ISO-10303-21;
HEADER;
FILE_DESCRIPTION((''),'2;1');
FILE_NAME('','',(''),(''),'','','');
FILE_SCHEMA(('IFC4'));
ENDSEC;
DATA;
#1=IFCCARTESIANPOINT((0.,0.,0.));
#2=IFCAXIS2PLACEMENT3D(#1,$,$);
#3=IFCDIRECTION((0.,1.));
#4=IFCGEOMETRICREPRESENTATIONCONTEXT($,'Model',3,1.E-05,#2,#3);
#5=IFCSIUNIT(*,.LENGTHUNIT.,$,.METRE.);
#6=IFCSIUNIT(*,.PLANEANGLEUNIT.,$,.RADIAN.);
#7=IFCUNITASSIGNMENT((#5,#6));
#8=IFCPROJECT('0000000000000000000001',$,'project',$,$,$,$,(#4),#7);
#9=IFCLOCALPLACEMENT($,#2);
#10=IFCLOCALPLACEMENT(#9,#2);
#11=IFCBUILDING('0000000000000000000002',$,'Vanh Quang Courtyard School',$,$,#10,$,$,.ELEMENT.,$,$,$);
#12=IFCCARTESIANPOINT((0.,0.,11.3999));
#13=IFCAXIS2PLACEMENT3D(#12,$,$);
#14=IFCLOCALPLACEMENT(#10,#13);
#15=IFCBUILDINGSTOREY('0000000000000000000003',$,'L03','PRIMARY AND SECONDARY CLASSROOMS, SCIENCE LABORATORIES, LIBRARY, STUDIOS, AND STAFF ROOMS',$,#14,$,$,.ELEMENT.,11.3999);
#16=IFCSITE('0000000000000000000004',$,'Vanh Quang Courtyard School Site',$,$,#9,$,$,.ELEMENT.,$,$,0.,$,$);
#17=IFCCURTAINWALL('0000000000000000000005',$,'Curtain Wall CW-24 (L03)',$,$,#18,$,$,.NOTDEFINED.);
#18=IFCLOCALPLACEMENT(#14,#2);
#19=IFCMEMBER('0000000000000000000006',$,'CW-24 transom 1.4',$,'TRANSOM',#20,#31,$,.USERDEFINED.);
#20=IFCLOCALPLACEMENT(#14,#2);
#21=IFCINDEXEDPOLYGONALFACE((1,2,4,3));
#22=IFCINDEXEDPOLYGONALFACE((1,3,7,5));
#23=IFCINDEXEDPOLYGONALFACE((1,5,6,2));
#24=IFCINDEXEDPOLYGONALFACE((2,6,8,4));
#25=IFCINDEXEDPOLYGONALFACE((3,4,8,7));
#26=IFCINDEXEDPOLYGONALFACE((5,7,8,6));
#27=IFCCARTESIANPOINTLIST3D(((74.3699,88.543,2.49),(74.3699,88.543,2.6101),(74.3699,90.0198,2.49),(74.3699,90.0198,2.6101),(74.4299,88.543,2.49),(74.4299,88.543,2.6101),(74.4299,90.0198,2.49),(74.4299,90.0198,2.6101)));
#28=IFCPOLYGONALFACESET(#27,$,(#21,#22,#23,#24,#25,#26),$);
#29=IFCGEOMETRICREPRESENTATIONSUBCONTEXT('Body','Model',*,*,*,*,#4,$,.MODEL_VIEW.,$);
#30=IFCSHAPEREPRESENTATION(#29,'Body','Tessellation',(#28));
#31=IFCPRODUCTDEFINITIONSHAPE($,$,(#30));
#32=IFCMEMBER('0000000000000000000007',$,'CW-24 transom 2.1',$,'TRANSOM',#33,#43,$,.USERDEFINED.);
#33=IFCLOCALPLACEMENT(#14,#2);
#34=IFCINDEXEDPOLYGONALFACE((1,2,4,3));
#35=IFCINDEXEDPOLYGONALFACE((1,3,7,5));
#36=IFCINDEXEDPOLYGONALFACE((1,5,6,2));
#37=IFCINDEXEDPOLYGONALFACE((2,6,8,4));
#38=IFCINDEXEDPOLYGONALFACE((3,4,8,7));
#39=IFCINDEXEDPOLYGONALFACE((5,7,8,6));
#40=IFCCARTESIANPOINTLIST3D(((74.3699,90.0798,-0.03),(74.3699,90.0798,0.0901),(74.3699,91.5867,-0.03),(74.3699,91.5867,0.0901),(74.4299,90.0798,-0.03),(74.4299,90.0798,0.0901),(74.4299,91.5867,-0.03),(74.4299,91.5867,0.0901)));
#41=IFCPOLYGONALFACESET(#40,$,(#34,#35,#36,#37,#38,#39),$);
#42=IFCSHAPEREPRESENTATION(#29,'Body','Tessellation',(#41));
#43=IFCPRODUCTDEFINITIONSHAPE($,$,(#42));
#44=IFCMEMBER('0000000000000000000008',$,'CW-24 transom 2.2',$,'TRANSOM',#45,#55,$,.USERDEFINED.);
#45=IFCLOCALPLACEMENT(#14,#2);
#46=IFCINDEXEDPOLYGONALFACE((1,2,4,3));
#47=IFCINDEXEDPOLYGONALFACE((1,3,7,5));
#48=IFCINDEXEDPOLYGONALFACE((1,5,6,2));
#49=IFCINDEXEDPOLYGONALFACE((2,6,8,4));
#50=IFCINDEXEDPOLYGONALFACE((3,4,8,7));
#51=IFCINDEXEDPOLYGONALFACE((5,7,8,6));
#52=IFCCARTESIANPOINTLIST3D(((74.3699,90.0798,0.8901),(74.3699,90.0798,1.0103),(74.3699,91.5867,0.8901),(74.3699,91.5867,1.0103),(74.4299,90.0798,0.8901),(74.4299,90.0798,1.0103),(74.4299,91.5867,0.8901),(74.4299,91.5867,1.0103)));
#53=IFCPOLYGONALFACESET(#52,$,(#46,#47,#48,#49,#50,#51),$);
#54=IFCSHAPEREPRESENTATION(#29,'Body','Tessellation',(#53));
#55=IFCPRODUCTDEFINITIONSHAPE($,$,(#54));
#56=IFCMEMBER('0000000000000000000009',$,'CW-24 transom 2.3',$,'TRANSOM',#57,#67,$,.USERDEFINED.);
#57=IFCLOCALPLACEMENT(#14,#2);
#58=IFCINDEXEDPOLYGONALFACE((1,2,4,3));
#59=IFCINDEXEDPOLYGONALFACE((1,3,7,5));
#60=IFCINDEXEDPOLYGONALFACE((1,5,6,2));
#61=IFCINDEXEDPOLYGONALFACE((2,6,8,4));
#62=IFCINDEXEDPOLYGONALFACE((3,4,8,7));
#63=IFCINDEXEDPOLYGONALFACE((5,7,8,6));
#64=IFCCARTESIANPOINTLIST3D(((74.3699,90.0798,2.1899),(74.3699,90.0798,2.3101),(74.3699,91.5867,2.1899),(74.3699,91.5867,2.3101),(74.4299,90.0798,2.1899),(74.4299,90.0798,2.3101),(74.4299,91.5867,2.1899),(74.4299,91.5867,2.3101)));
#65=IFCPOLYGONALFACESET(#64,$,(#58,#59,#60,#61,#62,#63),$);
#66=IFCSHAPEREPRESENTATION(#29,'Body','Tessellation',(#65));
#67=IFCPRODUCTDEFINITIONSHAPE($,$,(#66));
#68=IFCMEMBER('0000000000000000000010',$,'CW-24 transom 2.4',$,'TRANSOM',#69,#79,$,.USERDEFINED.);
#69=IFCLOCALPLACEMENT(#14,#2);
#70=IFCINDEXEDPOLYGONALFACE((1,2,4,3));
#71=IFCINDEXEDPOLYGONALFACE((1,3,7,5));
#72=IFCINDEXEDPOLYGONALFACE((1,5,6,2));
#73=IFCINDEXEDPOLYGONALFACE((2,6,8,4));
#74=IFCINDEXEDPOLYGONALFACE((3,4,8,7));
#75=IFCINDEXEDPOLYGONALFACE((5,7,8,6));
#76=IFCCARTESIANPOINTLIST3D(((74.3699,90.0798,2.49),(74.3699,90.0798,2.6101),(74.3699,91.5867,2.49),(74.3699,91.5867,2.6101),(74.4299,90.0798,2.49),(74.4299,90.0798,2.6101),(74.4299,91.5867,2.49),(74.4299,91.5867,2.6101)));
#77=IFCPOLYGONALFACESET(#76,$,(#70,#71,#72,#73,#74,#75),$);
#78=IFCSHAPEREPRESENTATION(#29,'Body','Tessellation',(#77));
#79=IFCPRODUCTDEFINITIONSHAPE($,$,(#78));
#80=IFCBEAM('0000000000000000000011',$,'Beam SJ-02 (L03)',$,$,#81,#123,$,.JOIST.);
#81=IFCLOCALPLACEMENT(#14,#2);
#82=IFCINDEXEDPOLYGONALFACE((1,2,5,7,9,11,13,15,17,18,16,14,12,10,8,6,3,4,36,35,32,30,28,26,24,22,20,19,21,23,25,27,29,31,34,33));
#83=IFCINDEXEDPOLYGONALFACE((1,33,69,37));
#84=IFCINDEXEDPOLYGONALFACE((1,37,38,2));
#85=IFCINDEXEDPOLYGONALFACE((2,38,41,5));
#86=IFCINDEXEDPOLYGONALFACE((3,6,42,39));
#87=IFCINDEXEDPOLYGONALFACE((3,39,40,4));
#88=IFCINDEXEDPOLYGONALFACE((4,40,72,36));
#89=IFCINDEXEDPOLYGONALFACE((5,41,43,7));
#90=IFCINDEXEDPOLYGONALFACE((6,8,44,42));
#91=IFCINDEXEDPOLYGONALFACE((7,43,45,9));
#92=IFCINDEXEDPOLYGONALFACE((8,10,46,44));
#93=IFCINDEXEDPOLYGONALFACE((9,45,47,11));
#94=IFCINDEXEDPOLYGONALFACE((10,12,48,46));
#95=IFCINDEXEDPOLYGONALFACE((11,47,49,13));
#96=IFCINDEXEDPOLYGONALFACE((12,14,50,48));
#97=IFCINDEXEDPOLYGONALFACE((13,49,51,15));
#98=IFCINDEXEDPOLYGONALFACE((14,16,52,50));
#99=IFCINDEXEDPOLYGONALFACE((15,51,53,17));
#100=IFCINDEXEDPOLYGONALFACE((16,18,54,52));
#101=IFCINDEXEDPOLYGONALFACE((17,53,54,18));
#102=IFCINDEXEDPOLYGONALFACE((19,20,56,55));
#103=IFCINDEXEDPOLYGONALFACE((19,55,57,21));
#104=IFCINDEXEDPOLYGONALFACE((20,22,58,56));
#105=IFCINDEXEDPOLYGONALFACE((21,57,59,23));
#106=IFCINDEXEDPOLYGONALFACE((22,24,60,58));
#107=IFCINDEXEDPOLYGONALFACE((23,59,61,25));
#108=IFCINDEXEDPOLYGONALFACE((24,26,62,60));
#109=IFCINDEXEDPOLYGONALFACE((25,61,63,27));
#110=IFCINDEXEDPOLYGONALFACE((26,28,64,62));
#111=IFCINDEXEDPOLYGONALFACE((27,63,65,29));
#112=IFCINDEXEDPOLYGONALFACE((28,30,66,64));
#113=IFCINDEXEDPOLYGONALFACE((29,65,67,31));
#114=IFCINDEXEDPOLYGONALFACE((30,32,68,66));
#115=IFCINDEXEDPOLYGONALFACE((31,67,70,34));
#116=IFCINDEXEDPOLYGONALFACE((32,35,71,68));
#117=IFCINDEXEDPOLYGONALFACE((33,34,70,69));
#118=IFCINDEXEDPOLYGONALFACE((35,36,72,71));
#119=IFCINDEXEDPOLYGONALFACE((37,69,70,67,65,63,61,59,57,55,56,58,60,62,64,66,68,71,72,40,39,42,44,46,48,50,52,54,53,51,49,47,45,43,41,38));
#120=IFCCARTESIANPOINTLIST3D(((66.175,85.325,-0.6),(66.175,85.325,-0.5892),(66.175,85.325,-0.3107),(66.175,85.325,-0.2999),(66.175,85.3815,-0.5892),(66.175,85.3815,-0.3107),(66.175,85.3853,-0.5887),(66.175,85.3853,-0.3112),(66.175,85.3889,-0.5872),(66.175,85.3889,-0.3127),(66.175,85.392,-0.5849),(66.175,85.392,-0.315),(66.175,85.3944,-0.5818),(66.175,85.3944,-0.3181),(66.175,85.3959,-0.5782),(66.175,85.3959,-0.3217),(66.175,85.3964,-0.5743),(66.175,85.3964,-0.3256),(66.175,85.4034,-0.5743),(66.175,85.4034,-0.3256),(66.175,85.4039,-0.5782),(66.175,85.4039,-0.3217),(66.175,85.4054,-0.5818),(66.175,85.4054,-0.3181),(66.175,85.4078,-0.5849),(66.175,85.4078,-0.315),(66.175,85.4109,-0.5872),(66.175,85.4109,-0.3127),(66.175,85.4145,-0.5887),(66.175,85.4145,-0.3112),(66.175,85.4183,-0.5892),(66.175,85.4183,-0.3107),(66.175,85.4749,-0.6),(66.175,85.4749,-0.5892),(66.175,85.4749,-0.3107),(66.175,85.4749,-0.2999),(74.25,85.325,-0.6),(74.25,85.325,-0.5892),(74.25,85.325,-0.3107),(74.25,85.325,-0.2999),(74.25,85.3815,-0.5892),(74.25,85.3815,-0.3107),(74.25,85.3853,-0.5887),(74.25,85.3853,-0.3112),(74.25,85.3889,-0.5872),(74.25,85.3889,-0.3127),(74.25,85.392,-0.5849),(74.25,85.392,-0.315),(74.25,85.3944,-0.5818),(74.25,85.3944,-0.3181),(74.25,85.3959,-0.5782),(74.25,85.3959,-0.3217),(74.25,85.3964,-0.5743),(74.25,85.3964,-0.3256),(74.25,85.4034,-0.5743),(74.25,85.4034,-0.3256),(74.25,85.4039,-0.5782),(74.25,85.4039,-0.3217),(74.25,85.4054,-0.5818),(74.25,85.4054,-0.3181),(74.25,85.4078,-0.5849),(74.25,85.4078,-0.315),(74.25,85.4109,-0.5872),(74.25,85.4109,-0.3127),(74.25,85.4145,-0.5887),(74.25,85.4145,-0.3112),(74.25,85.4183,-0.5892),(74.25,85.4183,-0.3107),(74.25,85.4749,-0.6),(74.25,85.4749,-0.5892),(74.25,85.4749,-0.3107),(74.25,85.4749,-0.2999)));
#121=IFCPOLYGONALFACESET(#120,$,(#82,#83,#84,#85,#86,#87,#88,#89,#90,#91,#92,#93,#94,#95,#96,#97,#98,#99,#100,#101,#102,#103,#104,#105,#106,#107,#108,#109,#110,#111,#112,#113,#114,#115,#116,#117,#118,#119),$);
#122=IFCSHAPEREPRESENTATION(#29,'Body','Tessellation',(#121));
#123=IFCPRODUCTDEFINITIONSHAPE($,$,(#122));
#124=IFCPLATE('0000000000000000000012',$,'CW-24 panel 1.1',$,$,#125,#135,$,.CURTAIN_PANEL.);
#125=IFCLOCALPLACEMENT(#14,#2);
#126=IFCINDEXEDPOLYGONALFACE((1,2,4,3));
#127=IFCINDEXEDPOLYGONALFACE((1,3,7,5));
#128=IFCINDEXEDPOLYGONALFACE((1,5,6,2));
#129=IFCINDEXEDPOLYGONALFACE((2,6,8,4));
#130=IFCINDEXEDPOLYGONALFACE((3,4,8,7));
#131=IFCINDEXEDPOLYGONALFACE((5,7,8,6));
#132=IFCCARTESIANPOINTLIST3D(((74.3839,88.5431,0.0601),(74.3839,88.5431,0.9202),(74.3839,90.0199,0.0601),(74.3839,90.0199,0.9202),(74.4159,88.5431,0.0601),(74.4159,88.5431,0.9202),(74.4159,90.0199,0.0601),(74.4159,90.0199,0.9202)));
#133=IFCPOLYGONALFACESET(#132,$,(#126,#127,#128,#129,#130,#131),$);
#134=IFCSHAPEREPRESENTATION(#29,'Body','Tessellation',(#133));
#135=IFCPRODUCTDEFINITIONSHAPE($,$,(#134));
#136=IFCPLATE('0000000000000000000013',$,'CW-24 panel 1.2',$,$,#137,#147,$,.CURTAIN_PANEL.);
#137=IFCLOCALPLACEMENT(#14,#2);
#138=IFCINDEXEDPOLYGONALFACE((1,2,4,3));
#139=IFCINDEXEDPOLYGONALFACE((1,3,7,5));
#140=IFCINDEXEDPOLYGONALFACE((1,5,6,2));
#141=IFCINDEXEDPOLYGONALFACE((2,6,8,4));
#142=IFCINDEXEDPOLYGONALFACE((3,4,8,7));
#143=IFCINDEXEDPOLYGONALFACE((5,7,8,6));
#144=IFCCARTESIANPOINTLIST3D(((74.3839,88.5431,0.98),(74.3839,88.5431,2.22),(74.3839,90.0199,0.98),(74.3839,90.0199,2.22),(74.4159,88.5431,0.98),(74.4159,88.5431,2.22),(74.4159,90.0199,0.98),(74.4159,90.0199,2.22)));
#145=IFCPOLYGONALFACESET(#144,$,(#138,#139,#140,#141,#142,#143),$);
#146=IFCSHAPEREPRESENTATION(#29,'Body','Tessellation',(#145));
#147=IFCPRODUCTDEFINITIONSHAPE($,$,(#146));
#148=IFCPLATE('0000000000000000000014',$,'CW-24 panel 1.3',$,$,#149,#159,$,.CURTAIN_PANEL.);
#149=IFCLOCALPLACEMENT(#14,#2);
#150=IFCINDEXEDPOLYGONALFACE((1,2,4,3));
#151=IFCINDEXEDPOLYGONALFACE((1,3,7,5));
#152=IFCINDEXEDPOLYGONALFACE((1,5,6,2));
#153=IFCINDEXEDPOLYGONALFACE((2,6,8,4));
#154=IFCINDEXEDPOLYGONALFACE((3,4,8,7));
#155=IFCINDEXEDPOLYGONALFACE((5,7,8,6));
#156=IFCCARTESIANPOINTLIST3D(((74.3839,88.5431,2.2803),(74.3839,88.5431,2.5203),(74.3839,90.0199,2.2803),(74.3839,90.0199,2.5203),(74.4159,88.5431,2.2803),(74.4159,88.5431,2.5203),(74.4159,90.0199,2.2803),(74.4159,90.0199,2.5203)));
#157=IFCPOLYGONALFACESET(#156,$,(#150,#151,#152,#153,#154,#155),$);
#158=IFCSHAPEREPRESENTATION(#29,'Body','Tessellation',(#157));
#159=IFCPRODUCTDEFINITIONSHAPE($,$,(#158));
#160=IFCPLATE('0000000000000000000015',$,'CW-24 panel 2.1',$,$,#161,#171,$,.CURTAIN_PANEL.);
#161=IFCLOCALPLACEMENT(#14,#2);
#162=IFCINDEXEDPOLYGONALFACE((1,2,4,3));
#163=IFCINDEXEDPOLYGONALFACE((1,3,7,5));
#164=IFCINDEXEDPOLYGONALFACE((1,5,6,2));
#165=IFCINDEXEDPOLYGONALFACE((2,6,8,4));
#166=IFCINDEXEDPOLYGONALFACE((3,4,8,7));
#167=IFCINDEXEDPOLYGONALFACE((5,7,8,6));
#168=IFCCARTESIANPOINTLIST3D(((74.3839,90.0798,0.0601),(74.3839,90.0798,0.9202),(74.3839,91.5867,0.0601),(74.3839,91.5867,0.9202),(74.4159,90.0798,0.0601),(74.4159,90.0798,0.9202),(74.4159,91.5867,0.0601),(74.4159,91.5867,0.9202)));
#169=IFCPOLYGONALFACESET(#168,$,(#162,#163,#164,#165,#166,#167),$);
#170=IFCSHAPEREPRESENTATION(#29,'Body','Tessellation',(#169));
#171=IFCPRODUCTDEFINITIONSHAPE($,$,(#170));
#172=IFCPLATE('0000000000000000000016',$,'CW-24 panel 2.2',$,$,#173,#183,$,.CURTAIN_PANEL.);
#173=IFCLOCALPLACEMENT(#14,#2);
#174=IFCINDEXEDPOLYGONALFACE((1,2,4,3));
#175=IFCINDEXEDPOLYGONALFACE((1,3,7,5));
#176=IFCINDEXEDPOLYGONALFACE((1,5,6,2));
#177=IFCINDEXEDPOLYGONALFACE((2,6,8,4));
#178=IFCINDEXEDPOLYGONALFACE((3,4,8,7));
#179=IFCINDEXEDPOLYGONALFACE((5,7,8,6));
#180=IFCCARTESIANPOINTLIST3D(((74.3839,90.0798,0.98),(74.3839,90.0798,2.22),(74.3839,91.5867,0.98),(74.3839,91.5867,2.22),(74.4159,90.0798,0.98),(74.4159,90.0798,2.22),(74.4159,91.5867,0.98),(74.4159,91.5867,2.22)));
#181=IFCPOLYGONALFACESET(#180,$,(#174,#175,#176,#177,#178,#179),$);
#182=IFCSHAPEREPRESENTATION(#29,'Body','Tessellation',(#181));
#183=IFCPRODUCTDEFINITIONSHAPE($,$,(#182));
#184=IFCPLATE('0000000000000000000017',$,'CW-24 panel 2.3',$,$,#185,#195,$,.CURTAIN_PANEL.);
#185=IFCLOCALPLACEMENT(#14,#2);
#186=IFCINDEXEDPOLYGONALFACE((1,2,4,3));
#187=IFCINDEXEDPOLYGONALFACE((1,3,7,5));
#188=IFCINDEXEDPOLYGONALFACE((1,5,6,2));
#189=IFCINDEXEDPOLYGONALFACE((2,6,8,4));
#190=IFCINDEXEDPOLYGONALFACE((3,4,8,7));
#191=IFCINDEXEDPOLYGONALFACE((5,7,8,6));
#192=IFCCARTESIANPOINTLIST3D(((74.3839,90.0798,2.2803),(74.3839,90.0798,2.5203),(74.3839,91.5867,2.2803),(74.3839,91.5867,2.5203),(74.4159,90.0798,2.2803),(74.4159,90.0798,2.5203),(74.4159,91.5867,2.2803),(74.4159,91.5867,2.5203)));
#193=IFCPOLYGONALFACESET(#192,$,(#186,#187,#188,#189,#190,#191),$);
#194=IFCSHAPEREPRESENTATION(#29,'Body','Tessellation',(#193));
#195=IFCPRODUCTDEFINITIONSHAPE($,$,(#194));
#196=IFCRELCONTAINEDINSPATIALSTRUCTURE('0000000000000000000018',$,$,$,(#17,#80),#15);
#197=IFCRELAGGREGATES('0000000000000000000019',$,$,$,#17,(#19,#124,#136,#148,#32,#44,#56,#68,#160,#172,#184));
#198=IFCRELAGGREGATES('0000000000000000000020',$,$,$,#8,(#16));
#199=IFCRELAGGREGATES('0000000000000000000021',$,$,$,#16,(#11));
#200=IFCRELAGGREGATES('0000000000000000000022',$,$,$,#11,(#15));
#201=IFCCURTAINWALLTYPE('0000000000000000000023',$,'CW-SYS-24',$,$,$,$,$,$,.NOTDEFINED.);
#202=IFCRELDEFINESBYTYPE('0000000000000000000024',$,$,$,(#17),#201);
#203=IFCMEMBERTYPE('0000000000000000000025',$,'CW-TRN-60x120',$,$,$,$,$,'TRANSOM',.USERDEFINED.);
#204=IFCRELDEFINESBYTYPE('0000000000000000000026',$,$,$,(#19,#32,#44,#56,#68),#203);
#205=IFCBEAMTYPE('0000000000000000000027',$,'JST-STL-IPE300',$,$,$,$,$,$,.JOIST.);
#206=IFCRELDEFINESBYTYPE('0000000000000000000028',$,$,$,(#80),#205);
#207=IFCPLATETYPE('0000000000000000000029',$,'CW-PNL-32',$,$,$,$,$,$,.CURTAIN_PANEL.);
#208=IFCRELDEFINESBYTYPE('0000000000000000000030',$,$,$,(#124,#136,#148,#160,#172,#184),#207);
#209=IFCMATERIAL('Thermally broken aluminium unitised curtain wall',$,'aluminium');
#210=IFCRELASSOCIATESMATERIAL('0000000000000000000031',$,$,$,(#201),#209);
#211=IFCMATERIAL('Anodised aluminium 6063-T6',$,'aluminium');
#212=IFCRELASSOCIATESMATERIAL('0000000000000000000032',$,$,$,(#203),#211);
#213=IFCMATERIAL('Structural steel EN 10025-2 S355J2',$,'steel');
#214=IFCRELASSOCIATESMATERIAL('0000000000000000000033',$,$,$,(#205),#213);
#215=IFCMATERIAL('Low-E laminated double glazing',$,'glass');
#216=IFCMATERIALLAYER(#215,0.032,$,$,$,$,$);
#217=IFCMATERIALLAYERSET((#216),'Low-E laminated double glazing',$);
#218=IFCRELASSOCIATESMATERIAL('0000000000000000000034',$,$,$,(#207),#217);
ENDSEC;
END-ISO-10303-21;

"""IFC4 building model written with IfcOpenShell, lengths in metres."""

from ifc_helpers import new_model, si_unit, direction, frame, origin, origin_2d, place, context, subcontext, project, spatial, rectangle, i_section, extrude, material, layer, layer_set, material_profile, profile_set, type_object, element, aggregate, save


model = new_model("IFC4")

# Units and contexts
model_context = context("Model", 3, precision=1e-05, world=origin(), true_north=direction((0.0, 1.0)))
body_context = subcontext(model_context, "Body", "Model", "MODEL_VIEW")
ifc_project = project(units=[si_unit("LENGTHUNIT", "METRE"), si_unit("PLANEANGLEUNIT", "RADIAN")], contexts=[model_context])

# Site, building, storey
site_placement = place(None, origin())
site = spatial("IfcSite", under=ifc_project, at=site_placement, Name="Vanh Quang Courtyard School Site", CompositionType="ELEMENT", RefElevation=0.0)
building_placement = place(site_placement, origin())
building = spatial("IfcBuilding", under=site, at=building_placement, Name="Vanh Quang Courtyard School", CompositionType="ELEMENT")
storey_placement = place(building_placement, frame((0.0, 0.0, 11.3999)))
storey = spatial("IfcBuildingStorey", under=building, at=storey_placement, Name="L03", Description="PRIMARY AND SECONDARY CLASSROOMS, SCIENCE LABORATORIES, LIBRARY, STUDIOS, AND STAFF ROOMS", CompositionType="ELEMENT", Elevation=11.3999)

# Curtain wall, members
ifc_material_1 = material(Name="Thermally broken aluminium unitised curtain wall", Category="aluminium")
curtain_wall_type = type_object("IfcCurtainWallType", Name="CW-SYS-24", PredefinedType="NOTDEFINED", material=ifc_material_1)
curtain_wall_placement = place(storey_placement, origin())
curtain_wall = element("IfcCurtainWall", 1, at=curtain_wall_placement, inside=storey, type_object=curtain_wall_type, Name="Curtain Wall CW-24 (L03)", PredefinedType="NOTDEFINED")
ifc_material_2 = material(Name="Anodised aluminium 6063-T6", Category="aluminium")
ifc_material_profile_1 = material_profile(ifc_material_2, rectangle(XDim=0.0601, YDim=0.1201, at=origin_2d()), Name="ALU-TRN 60x120")
ifc_profile_set_1 = profile_set([ifc_material_profile_1], Name="Anodised aluminium 6063-T6")
member_type_1 = type_object("IfcMemberType", Name="CW-TRN-60x120", ElementType="TRANSOM", PredefinedType="USERDEFINED", material=ifc_profile_set_1)
member_1_placement = place(storey_placement, frame((74.3999, 88.543, 2.55), z_axis=(0.0, 1.0, 0.0), x_axis=(-1.0, 0.0, 0.0)))
member_1 = element("IfcMember", 2, at=member_1_placement, type_object=member_type_1, Name="CW-24 transom 1.4", ObjectType="TRANSOM", PredefinedType="USERDEFINED", context=body_context, shape_type="SweptSolid", body=[
    extrude(rectangle(XDim=0.0601, YDim=0.1201, at=origin_2d()), origin(), (0.0, 0.0, 1.0), 1.4768),
])
member_2_placement = place(storey_placement, frame((74.3999, 90.0798, 0.03), z_axis=(0.0, 1.0, 0.0), x_axis=(-1.0, 0.0, 0.0)))
member_2 = element("IfcMember", 3, at=member_2_placement, type_object=member_type_1, Name="CW-24 transom 2.1", ObjectType="TRANSOM", PredefinedType="USERDEFINED", context=body_context, shape_type="SweptSolid", body=[
    extrude(rectangle(XDim=0.0601, YDim=0.1201, at=origin_2d()), origin(), (0.0, 0.0, 1.0), 1.5068),
])
member_3_placement = place(storey_placement, frame((74.3999, 90.0798, 0.9502), z_axis=(0.0, 1.0, 0.0), x_axis=(-1.0, 0.0, 0.0)))
member_3 = element("IfcMember", 4, at=member_3_placement, type_object=member_type_1, Name="CW-24 transom 2.2", ObjectType="TRANSOM", PredefinedType="USERDEFINED", context=body_context, shape_type="SweptSolid", body=[
    extrude(rectangle(XDim=0.0601, YDim=0.1201, at=origin_2d()), origin(), (0.0, 0.0, 1.0), 1.5068),
])
member_4_placement = place(storey_placement, frame((74.3999, 90.0798, 2.25), z_axis=(0.0, 1.0, 0.0), x_axis=(-1.0, 0.0, 0.0)))
member_4 = element("IfcMember", 5, at=member_4_placement, type_object=member_type_1, Name="CW-24 transom 2.3", ObjectType="TRANSOM", PredefinedType="USERDEFINED", context=body_context, shape_type="SweptSolid", body=[
    extrude(rectangle(XDim=0.0601, YDim=0.1201, at=origin_2d()), origin(), (0.0, 0.0, 1.0), 1.5068),
])
member_5_placement = place(storey_placement, frame((74.3999, 90.0798, 2.55), z_axis=(0.0, 1.0, 0.0), x_axis=(-1.0, 0.0, 0.0)))
member_5 = element("IfcMember", 6, at=member_5_placement, type_object=member_type_1, Name="CW-24 transom 2.4", ObjectType="TRANSOM", PredefinedType="USERDEFINED", context=body_context, shape_type="SweptSolid", body=[
    extrude(rectangle(XDim=0.0601, YDim=0.1201, at=origin_2d()), origin(), (0.0, 0.0, 1.0), 1.5068),
])

# Beam
ifc_material_3 = material(Name="Structural steel EN 10025-2 S355J2", Category="steel")
ifc_material_profile_2 = material_profile(ifc_material_3, i_section(OverallWidth=0.1499, OverallDepth=0.3, WebThickness=0.0071, FlangeThickness=0.0107, FilletRadius=0.0149, at=origin_2d()), Name="IPE 300")
ifc_profile_set_2 = profile_set([ifc_material_profile_2], Name="Structural steel EN 10025-2 S355J2")
beam_type_1 = type_object("IfcBeamType", Name="JST-STL-IPE300", PredefinedType="JOIST", material=ifc_profile_set_2)
beam_1_placement = place(storey_placement, frame((66.175, 85.3999, -0.45), z_axis=(1.0, 0.0, 0.0), x_axis=(0.0, 1.0, 0.0)))
element("IfcBeam", 7, at=beam_1_placement, inside=storey, type_object=beam_type_1, Name="Beam SJ-02 (L03)", PredefinedType="JOIST", context=body_context, shape_type="SweptSolid", body=[
    extrude(i_section(OverallWidth=0.1499, OverallDepth=0.3, WebThickness=0.0071, FlangeThickness=0.0107, FilletRadius=0.0149, at=origin_2d()), origin(), (0.0, 0.0, 1.0), 8.075),
])

# Plates
ifc_material_4 = material(Name="Low-E laminated double glazing", Category="glass")
ifc_layer_1 = layer(ifc_material_4, 0.032)
ifc_layer_set_1 = layer_set([ifc_layer_1], Name="Low-E laminated double glazing")
plate_type = type_object("IfcPlateType", Name="CW-PNL-32", PredefinedType="CURTAIN_PANEL", material=ifc_layer_set_1)
plate_1_placement = place(storey_placement, frame((74.3999, 89.2815, 0.0601), z_axis=(0.0, 0.0, 1.0), x_axis=(0.0, 1.0, 0.0)))
plate_1 = element("IfcPlate", 8, at=plate_1_placement, type_object=plate_type, Name="CW-24 panel 1.1", PredefinedType="CURTAIN_PANEL", context=body_context, shape_type="SweptSolid", body=[
    extrude(rectangle(XDim=1.4768, YDim=0.032, at=origin_2d()), origin(), (0.0, 0.0, 1.0), 0.8601),
])
plate_2_placement = place(storey_placement, frame((74.3999, 89.2815, 0.98), z_axis=(0.0, 0.0, 1.0), x_axis=(0.0, 1.0, 0.0)))
plate_2 = element("IfcPlate", 9, at=plate_2_placement, type_object=plate_type, Name="CW-24 panel 1.2", PredefinedType="CURTAIN_PANEL", context=body_context, shape_type="SweptSolid", body=[
    extrude(rectangle(XDim=1.4768, YDim=0.032, at=origin_2d()), origin(), (0.0, 0.0, 1.0), 1.24),
])
plate_3_placement = place(storey_placement, frame((74.3999, 89.2815, 2.2803), z_axis=(0.0, 0.0, 1.0), x_axis=(0.0, 1.0, 0.0)))
plate_3 = element("IfcPlate", 10, at=plate_3_placement, type_object=plate_type, Name="CW-24 panel 1.3", PredefinedType="CURTAIN_PANEL", context=body_context, shape_type="SweptSolid", body=[
    extrude(rectangle(XDim=1.4768, YDim=0.032, at=origin_2d()), origin(), (0.0, 0.0, 1.0), 0.24),
])
plate_4_placement = place(storey_placement, frame((74.3999, 90.8333, 0.0601), z_axis=(0.0, 0.0, 1.0), x_axis=(0.0, 1.0, 0.0)))
plate_4 = element("IfcPlate", 11, at=plate_4_placement, type_object=plate_type, Name="CW-24 panel 2.1", PredefinedType="CURTAIN_PANEL", context=body_context, shape_type="SweptSolid", body=[
    extrude(rectangle(XDim=1.5068, YDim=0.032, at=origin_2d()), origin(), (0.0, 0.0, 1.0), 0.8601),
])
plate_5_placement = place(storey_placement, frame((74.3999, 90.8333, 0.98), z_axis=(0.0, 0.0, 1.0), x_axis=(0.0, 1.0, 0.0)))
plate_5 = element("IfcPlate", 12, at=plate_5_placement, type_object=plate_type, Name="CW-24 panel 2.2", PredefinedType="CURTAIN_PANEL", context=body_context, shape_type="SweptSolid", body=[
    extrude(rectangle(XDim=1.5068, YDim=0.032, at=origin_2d()), origin(), (0.0, 0.0, 1.0), 1.24),
])
plate_6_placement = place(storey_placement, frame((74.3999, 90.8333, 2.2803), z_axis=(0.0, 0.0, 1.0), x_axis=(0.0, 1.0, 0.0)))
plate_6 = element("IfcPlate", 13, at=plate_6_placement, type_object=plate_type, Name="CW-24 panel 2.3", PredefinedType="CURTAIN_PANEL", context=body_context, shape_type="SweptSolid", body=[
    extrude(rectangle(XDim=1.5068, YDim=0.032, at=origin_2d()), origin(), (0.0, 0.0, 1.0), 0.24),
])
aggregate(curtain_wall, [member_1, plate_1, plate_2, plate_3, member_2, member_3, member_4, member_5, plate_4, plate_5, plate_6])

save(model, "model.ifc")
